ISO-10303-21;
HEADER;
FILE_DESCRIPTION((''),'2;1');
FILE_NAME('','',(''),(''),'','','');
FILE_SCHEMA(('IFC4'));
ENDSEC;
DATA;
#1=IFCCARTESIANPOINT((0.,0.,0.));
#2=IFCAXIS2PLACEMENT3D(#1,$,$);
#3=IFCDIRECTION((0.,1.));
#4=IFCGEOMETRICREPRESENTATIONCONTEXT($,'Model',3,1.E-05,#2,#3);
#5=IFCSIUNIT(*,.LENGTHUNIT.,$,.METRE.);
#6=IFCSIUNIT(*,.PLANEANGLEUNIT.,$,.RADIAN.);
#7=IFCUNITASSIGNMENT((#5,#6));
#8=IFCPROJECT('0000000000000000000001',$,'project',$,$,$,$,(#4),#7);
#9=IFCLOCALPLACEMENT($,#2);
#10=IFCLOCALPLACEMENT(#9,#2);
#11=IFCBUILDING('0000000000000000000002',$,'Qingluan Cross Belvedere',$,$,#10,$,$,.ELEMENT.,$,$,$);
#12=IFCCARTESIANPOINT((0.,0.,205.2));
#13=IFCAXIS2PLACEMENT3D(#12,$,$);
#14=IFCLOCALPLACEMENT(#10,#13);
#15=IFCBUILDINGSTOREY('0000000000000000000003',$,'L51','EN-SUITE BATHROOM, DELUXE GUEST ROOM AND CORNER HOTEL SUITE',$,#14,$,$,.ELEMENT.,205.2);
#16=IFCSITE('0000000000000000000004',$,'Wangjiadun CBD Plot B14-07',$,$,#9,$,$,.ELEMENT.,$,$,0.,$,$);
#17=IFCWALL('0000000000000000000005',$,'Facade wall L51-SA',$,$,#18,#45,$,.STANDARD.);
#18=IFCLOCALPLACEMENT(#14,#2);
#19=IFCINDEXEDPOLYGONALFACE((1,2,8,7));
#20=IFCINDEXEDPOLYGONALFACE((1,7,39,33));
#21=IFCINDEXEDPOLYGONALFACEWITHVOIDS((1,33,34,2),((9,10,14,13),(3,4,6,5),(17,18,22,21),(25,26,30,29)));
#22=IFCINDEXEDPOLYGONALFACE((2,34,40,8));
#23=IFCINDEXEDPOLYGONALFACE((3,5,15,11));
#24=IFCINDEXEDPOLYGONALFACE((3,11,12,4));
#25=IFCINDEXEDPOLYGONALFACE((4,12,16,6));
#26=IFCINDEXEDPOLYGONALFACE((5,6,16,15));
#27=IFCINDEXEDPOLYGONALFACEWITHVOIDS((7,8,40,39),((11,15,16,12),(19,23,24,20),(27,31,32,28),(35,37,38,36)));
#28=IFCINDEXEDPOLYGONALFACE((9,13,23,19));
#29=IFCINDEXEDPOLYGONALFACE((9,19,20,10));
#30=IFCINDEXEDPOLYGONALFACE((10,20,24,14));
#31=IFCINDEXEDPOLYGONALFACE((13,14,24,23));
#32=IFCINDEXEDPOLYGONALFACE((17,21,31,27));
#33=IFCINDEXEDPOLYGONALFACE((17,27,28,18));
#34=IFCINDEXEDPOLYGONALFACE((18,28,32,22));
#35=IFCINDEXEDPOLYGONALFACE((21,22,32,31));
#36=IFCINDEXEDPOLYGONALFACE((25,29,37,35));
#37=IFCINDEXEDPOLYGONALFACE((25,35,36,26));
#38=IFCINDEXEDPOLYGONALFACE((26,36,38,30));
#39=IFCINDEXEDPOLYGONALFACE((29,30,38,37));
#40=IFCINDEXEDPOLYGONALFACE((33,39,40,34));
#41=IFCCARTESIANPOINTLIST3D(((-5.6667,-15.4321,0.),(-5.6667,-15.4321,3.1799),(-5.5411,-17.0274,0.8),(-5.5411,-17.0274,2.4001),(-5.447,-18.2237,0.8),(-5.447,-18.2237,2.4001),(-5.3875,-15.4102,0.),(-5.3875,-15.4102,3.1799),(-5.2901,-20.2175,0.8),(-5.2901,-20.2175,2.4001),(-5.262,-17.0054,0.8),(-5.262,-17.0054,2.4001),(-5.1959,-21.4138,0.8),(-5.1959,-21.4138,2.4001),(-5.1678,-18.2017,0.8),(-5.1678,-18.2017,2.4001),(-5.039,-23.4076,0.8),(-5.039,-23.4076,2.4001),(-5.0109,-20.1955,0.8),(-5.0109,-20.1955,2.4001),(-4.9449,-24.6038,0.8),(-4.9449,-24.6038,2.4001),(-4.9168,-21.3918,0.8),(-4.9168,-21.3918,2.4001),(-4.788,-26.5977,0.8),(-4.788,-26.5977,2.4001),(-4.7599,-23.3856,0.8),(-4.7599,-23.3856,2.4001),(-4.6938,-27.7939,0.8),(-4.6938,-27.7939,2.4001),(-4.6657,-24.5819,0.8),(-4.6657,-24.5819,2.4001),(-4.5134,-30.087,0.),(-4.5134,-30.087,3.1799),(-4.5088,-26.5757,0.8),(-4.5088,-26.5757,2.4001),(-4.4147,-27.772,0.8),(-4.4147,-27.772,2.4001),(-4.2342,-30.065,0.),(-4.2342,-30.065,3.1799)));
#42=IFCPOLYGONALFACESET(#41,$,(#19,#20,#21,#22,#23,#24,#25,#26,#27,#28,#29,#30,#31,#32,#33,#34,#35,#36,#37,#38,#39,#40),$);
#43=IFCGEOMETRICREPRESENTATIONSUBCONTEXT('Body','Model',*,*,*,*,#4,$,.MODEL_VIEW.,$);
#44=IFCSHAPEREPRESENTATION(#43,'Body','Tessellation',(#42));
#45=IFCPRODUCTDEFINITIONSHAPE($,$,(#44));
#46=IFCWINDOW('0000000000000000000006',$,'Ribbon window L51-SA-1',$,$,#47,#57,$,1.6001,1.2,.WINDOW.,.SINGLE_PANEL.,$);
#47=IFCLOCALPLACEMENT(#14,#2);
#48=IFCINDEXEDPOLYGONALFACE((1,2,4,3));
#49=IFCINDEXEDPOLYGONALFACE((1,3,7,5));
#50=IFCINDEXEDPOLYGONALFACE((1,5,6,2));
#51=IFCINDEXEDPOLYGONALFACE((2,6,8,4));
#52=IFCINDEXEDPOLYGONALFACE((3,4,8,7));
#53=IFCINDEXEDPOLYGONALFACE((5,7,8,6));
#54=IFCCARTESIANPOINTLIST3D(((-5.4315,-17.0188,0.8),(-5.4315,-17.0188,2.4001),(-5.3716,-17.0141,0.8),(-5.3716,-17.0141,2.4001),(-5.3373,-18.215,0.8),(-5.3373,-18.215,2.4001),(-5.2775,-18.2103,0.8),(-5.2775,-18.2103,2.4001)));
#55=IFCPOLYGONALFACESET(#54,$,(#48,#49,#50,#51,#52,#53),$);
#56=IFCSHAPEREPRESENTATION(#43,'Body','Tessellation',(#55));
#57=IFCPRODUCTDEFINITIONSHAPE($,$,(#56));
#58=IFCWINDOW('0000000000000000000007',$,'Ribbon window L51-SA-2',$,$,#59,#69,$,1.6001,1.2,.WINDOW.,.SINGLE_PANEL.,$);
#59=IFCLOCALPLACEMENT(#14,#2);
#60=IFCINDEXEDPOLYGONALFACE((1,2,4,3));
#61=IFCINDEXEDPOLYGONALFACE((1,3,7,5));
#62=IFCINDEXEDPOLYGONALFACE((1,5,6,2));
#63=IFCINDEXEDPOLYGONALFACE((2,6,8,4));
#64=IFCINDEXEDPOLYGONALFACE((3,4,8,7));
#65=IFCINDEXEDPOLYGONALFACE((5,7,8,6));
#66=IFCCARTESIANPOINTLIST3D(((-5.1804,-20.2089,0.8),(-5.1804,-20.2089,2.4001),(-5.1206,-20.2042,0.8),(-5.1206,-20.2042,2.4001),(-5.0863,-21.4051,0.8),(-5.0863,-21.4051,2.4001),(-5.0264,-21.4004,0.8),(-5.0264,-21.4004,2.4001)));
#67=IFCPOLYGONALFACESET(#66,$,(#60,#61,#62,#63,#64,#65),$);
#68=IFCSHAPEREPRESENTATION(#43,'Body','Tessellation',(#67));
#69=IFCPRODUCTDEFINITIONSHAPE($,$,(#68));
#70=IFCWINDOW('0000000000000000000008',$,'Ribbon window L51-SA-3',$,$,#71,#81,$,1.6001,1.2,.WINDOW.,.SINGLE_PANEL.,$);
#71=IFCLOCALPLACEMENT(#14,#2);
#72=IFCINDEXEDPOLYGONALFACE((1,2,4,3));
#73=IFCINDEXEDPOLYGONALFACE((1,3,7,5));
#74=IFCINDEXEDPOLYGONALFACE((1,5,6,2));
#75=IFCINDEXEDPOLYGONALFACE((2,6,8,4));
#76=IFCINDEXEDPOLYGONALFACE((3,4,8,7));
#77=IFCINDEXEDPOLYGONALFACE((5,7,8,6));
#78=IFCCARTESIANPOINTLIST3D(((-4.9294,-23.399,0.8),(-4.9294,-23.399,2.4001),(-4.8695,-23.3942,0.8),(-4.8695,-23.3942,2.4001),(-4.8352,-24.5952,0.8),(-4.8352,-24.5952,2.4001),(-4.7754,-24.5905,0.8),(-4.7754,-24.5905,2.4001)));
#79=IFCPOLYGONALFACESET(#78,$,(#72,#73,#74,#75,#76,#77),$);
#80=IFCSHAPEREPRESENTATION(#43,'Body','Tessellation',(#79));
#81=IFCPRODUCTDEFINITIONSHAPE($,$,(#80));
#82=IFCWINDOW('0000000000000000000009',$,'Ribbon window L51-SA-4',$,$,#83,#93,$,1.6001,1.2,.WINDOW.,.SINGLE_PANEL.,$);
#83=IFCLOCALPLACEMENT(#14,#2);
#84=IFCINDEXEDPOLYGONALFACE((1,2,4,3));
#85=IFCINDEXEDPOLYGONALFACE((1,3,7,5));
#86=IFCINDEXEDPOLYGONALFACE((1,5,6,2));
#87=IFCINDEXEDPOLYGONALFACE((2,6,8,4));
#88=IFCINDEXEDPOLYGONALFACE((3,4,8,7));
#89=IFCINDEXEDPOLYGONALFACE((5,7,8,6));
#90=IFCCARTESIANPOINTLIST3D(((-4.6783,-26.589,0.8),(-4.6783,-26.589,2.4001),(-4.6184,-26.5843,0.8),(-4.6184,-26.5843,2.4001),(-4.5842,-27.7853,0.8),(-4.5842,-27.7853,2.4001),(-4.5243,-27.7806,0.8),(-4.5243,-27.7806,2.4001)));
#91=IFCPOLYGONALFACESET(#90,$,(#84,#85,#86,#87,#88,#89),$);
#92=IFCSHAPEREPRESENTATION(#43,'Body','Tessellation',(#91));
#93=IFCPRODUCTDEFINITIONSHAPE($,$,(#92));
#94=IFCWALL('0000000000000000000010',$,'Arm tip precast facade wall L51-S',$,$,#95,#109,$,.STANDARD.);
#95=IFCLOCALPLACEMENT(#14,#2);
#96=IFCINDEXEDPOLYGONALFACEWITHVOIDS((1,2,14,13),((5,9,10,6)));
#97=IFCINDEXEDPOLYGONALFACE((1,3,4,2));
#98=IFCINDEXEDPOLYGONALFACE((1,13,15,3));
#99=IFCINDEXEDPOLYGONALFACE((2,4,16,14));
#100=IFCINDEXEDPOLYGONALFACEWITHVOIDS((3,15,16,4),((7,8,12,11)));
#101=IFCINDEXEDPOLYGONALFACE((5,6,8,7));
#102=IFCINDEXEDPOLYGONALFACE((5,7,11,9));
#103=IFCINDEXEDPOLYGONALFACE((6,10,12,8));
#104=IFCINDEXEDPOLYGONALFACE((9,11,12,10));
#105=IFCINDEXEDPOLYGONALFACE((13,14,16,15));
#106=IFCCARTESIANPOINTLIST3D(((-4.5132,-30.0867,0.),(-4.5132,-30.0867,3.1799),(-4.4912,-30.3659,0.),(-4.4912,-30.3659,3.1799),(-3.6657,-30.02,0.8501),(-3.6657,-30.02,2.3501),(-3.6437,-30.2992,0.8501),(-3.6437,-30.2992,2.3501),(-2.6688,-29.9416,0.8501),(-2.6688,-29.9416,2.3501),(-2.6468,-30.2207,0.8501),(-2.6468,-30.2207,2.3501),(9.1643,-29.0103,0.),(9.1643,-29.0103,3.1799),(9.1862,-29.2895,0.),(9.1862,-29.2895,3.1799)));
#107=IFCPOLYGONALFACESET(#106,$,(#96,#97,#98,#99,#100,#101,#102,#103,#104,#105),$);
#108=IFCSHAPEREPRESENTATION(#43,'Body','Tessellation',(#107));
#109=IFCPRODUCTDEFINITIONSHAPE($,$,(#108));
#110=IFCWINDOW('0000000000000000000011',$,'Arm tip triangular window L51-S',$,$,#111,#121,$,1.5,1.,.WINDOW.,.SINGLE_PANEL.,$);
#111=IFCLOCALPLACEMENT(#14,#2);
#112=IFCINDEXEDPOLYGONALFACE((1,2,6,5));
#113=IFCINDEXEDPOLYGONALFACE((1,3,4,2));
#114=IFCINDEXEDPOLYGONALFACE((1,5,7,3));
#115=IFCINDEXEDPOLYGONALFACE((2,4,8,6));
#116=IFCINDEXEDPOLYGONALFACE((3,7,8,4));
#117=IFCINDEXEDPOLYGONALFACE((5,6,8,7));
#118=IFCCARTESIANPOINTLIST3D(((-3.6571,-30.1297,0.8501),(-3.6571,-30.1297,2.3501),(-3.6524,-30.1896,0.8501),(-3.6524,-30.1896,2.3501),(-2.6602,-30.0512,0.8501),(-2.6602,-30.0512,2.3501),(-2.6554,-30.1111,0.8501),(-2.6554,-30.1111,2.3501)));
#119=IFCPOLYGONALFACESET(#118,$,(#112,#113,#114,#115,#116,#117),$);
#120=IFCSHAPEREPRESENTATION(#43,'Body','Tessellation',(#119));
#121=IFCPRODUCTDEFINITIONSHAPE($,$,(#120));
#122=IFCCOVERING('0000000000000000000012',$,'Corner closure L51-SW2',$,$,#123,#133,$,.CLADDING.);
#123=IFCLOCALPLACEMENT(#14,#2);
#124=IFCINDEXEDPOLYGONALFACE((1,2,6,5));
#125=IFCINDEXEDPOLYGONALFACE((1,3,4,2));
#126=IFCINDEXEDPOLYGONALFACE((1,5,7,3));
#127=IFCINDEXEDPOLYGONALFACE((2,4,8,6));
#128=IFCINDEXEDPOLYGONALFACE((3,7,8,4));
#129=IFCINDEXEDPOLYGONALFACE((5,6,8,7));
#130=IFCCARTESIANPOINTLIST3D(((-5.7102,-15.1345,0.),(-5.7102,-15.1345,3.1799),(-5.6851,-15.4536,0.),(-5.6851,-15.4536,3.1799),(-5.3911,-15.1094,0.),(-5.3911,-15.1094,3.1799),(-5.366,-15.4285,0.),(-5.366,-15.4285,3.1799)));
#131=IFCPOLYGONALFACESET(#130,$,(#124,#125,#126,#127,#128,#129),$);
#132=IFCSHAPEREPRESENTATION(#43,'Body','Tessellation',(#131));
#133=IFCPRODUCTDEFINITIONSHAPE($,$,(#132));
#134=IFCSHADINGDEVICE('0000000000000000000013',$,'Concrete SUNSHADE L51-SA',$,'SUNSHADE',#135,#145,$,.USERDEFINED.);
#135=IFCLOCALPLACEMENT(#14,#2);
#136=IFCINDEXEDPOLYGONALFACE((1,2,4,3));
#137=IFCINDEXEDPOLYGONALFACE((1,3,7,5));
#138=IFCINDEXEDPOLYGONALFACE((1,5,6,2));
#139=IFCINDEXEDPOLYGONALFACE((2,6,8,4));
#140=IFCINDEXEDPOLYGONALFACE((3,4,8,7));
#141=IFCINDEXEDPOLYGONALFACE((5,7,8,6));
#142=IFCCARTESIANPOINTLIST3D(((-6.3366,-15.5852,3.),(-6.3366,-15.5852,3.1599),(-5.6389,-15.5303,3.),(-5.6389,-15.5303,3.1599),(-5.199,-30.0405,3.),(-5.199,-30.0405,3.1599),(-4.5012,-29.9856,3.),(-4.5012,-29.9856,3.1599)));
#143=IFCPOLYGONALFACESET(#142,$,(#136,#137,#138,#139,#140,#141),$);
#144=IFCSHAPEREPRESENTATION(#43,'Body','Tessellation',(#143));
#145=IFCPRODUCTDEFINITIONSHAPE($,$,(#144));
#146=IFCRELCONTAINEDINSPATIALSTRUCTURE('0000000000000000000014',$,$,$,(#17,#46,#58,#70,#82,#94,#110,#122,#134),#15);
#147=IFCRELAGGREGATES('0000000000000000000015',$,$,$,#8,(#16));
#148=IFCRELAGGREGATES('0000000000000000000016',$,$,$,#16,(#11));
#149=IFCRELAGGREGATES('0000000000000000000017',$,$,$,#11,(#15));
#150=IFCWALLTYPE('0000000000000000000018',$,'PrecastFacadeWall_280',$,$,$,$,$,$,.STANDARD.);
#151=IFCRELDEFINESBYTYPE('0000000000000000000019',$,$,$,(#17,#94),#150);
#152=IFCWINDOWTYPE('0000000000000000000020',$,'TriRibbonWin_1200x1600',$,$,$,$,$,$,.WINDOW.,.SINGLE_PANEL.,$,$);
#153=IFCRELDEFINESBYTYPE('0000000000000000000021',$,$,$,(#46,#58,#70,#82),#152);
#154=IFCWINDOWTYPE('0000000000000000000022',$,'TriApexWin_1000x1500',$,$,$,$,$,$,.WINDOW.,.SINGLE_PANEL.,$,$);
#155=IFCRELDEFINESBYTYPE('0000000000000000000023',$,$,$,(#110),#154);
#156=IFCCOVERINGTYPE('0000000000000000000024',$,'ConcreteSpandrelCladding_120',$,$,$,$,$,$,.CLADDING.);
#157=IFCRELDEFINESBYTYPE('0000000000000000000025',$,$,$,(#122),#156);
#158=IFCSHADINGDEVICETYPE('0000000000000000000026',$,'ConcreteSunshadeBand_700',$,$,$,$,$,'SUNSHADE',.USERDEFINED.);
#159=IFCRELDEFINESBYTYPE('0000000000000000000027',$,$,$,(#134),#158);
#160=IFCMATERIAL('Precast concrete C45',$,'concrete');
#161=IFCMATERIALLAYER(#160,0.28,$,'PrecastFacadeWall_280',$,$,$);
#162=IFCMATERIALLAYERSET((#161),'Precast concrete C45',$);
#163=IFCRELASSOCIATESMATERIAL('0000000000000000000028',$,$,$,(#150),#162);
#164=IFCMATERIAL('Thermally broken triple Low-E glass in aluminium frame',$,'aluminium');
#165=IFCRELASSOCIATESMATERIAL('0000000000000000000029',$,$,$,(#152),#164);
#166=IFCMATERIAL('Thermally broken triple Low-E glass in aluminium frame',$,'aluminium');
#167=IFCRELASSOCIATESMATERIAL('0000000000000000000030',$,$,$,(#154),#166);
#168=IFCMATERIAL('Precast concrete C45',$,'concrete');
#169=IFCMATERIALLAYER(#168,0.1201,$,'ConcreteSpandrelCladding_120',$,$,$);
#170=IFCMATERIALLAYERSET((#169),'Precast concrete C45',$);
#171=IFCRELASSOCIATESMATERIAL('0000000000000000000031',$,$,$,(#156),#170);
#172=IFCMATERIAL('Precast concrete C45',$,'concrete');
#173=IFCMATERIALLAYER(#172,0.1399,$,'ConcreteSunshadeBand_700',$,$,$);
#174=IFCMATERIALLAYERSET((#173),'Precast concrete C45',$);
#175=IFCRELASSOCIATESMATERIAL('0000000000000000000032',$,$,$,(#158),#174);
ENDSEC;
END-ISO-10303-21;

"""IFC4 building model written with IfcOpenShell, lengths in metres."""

from ifc_helpers import new_model, si_unit, direction, frame, frame_2d, origin, origin_2d, place, context, subcontext, project, spatial, rectangle, extrude, material, layer, layer_set, type_object, element, fill, save


model = new_model("IFC4")

# Units and contexts
model_context = context("Model", 3, precision=1e-05, world=origin(), true_north=direction((0.0, 1.0)))
body_context = subcontext(model_context, "Body", "Model", "MODEL_VIEW")
ifc_project = project(units=[si_unit("LENGTHUNIT", "METRE"), si_unit("PLANEANGLEUNIT", "RADIAN")], contexts=[model_context])

# Site, building, storey
site_placement = place(None, origin())
site = spatial("IfcSite", under=ifc_project, at=site_placement, Name="Wangjiadun CBD Plot B14-07", CompositionType="ELEMENT", RefElevation=0.0)
building_placement = place(site_placement, origin())
building = spatial("IfcBuilding", under=site, at=building_placement, Name="Qingluan Cross Belvedere", CompositionType="ELEMENT")
storey_placement = place(building_placement, frame((0.0, 0.0, 205.2)))
storey = spatial("IfcBuildingStorey", under=building, at=storey_placement, Name="L51", Description="EN-SUITE BATHROOM, DELUXE GUEST ROOM AND CORNER HOTEL SUITE", CompositionType="ELEMENT", Elevation=205.2)

# Wall, openings, windows
ifc_material_1 = material(Name="Precast concrete C45", Category="concrete")
ifc_layer_1 = layer(ifc_material_1, 0.28, Name="PrecastFacadeWall_280")
ifc_layer_set_1 = layer_set([ifc_layer_1], Name="Precast concrete C45")
wall_type_1 = type_object("IfcWallType", Name="PrecastFacadeWall_280", PredefinedType="STANDARD", material=ifc_layer_set_1)
wall_1_placement = place(storey_placement, frame((-5.5271, -15.4211, 0.0), z_axis=(0.0, 0.0, 1.0), x_axis=(0.078457, -0.996918, 0.0)))
wall_1 = element("IfcWall", 1, at=wall_1_placement, inside=storey, type_object=wall_type_1, Name="Facade wall L51-SA", PredefinedType="STANDARD", context=body_context, shape_type="SweptSolid", body=[
    extrude(rectangle(XDim=14.7002, YDim=0.28, at=frame_2d((7.3501, 0.0))), origin(), (0.0, 0.0, 1.0), 3.1799),
])
opening_1_placement = place(wall_1_placement, frame((1.6001, 0.0, 0.8)))
opening_1 = element("IfcOpeningElement", 2, at=opening_1_placement, cuts=wall_1, PredefinedType="OPENING", context=body_context, shape_type="SweptSolid", body=[
    extrude(rectangle(XDim=1.2, YDim=1.6001, at=frame_2d((0.6001, 0.8))), frame((0.0, 0.1499, 0.0), z_axis=(0.0, -1.0, 0.0), x_axis=(1.0, 0.0, 0.0)), (0.0, 0.0, 1.0), 0.3),
])
opening_2_placement = place(wall_1_placement, frame((4.8, 0.0, 0.8)))
opening_2 = element("IfcOpeningElement", 3, at=opening_2_placement, cuts=wall_1, PredefinedType="OPENING", context=body_context, shape_type="SweptSolid", body=[
    extrude(rectangle(XDim=1.2, YDim=1.6001, at=frame_2d((0.6001, 0.8))), frame((0.0, 0.1499, 0.0), z_axis=(0.0, -1.0, 0.0), x_axis=(1.0, 0.0, 0.0)), (0.0, 0.0, 1.0), 0.3),
])
opening_3_placement = place(wall_1_placement, frame((8.0, 0.0, 0.8)))
opening_3 = element("IfcOpeningElement", 4, at=opening_3_placement, cuts=wall_1, PredefinedType="OPENING", context=body_context, shape_type="SweptSolid", body=[
    extrude(rectangle(XDim=1.2, YDim=1.6001, at=frame_2d((0.6001, 0.8))), frame((0.0, 0.1499, 0.0), z_axis=(0.0, -1.0, 0.0), x_axis=(1.0, 0.0, 0.0)), (0.0, 0.0, 1.0), 0.3),
])
opening_4_placement = place(wall_1_placement, frame((11.2, 0.0, 0.8)))
opening_4 = element("IfcOpeningElement", 5, at=opening_4_placement, cuts=wall_1, PredefinedType="OPENING", context=body_context, shape_type="SweptSolid", body=[
    extrude(rectangle(XDim=1.2, YDim=1.6001, at=frame_2d((0.6001, 0.8))), frame((0.0, 0.1499, 0.0), z_axis=(0.0, -1.0, 0.0), x_axis=(1.0, 0.0, 0.0)), (0.0, 0.0, 1.0), 0.3),
])
ifc_material_2 = material(Name="Thermally broken triple Low-E glass in aluminium frame", Category="aluminium")
window_type_1 = type_object("IfcWindowType", Name="TriRibbonWin_1200x1600", PartitioningType="SINGLE_PANEL", PredefinedType="WINDOW", material=ifc_material_2)
window_1_placement = place(opening_1_placement, origin())
window_1 = element("IfcWindow", 6, at=window_1_placement, inside=storey, type_object=window_type_1, Name="Ribbon window L51-SA-1", OverallHeight=1.6001, OverallWidth=1.2, PartitioningType="SINGLE_PANEL", PredefinedType="WINDOW", context=body_context, shape_type="SweptSolid", body=[
    extrude(rectangle(XDim=1.2, YDim=1.6001, at=frame_2d((0.6001, 0.8))), frame((0.0, 0.03, 0.0), z_axis=(0.0, -1.0, 0.0), x_axis=(1.0, 0.0, 0.0)), (0.0, 0.0, 1.0), 0.0601),
])
fill(opening_1, window_1)
window_2_placement = place(opening_2_placement, origin())
window_2 = element("IfcWindow", 7, at=window_2_placement, inside=storey, type_object=window_type_1, Name="Ribbon window L51-SA-2", OverallHeight=1.6001, OverallWidth=1.2, PartitioningType="SINGLE_PANEL", PredefinedType="WINDOW", context=body_context, shape_type="SweptSolid", body=[
    extrude(rectangle(XDim=1.2, YDim=1.6001, at=frame_2d((0.6001, 0.8))), frame((0.0, 0.03, 0.0), z_axis=(0.0, -1.0, 0.0), x_axis=(1.0, 0.0, 0.0)), (0.0, 0.0, 1.0), 0.0601),
])
fill(opening_2, window_2)
window_3_placement = place(opening_3_placement, origin())
window_3 = element("IfcWindow", 8, at=window_3_placement, inside=storey, type_object=window_type_1, Name="Ribbon window L51-SA-3", OverallHeight=1.6001, OverallWidth=1.2, PartitioningType="SINGLE_PANEL", PredefinedType="WINDOW", context=body_context, shape_type="SweptSolid", body=[
    extrude(rectangle(XDim=1.2, YDim=1.6001, at=frame_2d((0.6001, 0.8))), frame((0.0, 0.03, 0.0), z_axis=(0.0, -1.0, 0.0), x_axis=(1.0, 0.0, 0.0)), (0.0, 0.0, 1.0), 0.0601),
])
fill(opening_3, window_3)
window_4_placement = place(opening_4_placement, origin())
window_4 = element("IfcWindow", 9, at=window_4_placement, inside=storey, type_object=window_type_1, Name="Ribbon window L51-SA-4", OverallHeight=1.6001, OverallWidth=1.2, PartitioningType="SINGLE_PANEL", PredefinedType="WINDOW", context=body_context, shape_type="SweptSolid", body=[
    extrude(rectangle(XDim=1.2, YDim=1.6001, at=frame_2d((0.6001, 0.8))), frame((0.0, 0.03, 0.0), z_axis=(0.0, -1.0, 0.0), x_axis=(1.0, 0.0, 0.0)), (0.0, 0.0, 1.0), 0.0601),
])
fill(opening_4, window_4)

# Wall, opening, window
wall_2_placement = place(storey_placement, frame((-4.5022, -30.2263, 0.0), z_axis=(0.0, 0.0, 1.0), x_axis=(0.996917, 0.078457, 0.0)))
wall_2 = element("IfcWall", 10, at=wall_2_placement, inside=storey, type_object=wall_type_1, Name="Arm tip precast facade wall L51-S", PredefinedType="STANDARD", context=body_context, shape_type="SweptSolid", body=[
    extrude(rectangle(XDim=13.7197, YDim=0.28, at=frame_2d((6.8599, 0.0))), origin(), (0.0, 0.0, 1.0), 3.1799),
])
opening_5_placement = place(wall_2_placement, frame((0.8501, 0.0, 0.8501)))
opening_5 = element("IfcOpeningElement", 11, at=opening_5_placement, cuts=wall_2, PredefinedType="OPENING", context=body_context, shape_type="SweptSolid", body=[
    extrude(rectangle(XDim=1.0, YDim=1.5, at=frame_2d((0.5, 0.75))), frame((0.0, 0.1499, 0.0), z_axis=(0.0, -1.0, 0.0), x_axis=(1.0, 0.0, 0.0)), (0.0, 0.0, 1.0), 0.3),
])
ifc_material_3 = material(Name="Thermally broken triple Low-E glass in aluminium frame", Category="aluminium")
window_type_2 = type_object("IfcWindowType", Name="TriApexWin_1000x1500", PartitioningType="SINGLE_PANEL", PredefinedType="WINDOW", material=ifc_material_3)
window_5_placement = place(opening_5_placement, origin())
window_5 = element("IfcWindow", 12, at=window_5_placement, inside=storey, type_object=window_type_2, Name="Arm tip triangular window L51-S", OverallHeight=1.5, OverallWidth=1.0, PartitioningType="SINGLE_PANEL", PredefinedType="WINDOW", context=body_context, shape_type="SweptSolid", body=[
    extrude(rectangle(XDim=1.0, YDim=1.5, at=frame_2d((0.5, 0.75))), frame((0.0, 0.03, 0.0), z_axis=(0.0, -1.0, 0.0), x_axis=(1.0, 0.0, 0.0)), (0.0, 0.0, 1.0), 0.0601),
])
fill(opening_5, window_5)

# Covering
ifc_material_4 = material(Name="Precast concrete C45", Category="concrete")
ifc_layer_2 = layer(ifc_material_4, 0.1201, Name="ConcreteSpandrelCladding_120")
ifc_layer_set_2 = layer_set([ifc_layer_2], Name="Precast concrete C45")
covering_type = type_object("IfcCoveringType", Name="ConcreteSpandrelCladding_120", PredefinedType="CLADDING", material=ifc_layer_set_2)
covering_placement = place(storey_placement, frame((-5.5381, -15.2815, 0.0), z_axis=(0.0, 0.0, 1.0), x_axis=(0.996917, 0.078459, 0.0)))
element("IfcCovering", 13, at=covering_placement, inside=storey, type_object=covering_type, Name="Corner closure L51-SW2", PredefinedType="CLADDING", context=body_context, shape_type="SweptSolid", body=[
    extrude(rectangle(XDim=0.3201, YDim=0.3201, at=origin_2d()), origin(), (0.0, 0.0, 1.0), 3.1799),
])

# Shading device
ifc_material_5 = material(Name="Precast concrete C45", Category="concrete")
ifc_layer_3 = layer(ifc_material_5, 0.1399, Name="ConcreteSunshadeBand_700")
ifc_layer_set_3 = layer_set([ifc_layer_3], Name="Precast concrete C45")
shading_device_type = type_object("IfcShadingDeviceType", Name="ConcreteSunshadeBand_700", ElementType="SUNSHADE", PredefinedType="USERDEFINED", material=ifc_layer_set_3)
shading_device_placement = place(storey_placement, frame((-5.4189, -22.7854, 3.0), z_axis=(0.0, 0.0, 1.0), x_axis=(0.078456, -0.996918, 0.0)))
element("IfcShadingDevice", 14, at=shading_device_placement, inside=storey, type_object=shading_device_type, Name="Concrete SUNSHADE L51-SA", ObjectType="SUNSHADE", PredefinedType="USERDEFINED", context=body_context, shape_type="SweptSolid", body=[
    extrude(rectangle(XDim=14.5, YDim=0.7, at=origin_2d()), origin(), (0.0, 0.0, 1.0), 0.1599),
])

save(model, "model.ifc")
